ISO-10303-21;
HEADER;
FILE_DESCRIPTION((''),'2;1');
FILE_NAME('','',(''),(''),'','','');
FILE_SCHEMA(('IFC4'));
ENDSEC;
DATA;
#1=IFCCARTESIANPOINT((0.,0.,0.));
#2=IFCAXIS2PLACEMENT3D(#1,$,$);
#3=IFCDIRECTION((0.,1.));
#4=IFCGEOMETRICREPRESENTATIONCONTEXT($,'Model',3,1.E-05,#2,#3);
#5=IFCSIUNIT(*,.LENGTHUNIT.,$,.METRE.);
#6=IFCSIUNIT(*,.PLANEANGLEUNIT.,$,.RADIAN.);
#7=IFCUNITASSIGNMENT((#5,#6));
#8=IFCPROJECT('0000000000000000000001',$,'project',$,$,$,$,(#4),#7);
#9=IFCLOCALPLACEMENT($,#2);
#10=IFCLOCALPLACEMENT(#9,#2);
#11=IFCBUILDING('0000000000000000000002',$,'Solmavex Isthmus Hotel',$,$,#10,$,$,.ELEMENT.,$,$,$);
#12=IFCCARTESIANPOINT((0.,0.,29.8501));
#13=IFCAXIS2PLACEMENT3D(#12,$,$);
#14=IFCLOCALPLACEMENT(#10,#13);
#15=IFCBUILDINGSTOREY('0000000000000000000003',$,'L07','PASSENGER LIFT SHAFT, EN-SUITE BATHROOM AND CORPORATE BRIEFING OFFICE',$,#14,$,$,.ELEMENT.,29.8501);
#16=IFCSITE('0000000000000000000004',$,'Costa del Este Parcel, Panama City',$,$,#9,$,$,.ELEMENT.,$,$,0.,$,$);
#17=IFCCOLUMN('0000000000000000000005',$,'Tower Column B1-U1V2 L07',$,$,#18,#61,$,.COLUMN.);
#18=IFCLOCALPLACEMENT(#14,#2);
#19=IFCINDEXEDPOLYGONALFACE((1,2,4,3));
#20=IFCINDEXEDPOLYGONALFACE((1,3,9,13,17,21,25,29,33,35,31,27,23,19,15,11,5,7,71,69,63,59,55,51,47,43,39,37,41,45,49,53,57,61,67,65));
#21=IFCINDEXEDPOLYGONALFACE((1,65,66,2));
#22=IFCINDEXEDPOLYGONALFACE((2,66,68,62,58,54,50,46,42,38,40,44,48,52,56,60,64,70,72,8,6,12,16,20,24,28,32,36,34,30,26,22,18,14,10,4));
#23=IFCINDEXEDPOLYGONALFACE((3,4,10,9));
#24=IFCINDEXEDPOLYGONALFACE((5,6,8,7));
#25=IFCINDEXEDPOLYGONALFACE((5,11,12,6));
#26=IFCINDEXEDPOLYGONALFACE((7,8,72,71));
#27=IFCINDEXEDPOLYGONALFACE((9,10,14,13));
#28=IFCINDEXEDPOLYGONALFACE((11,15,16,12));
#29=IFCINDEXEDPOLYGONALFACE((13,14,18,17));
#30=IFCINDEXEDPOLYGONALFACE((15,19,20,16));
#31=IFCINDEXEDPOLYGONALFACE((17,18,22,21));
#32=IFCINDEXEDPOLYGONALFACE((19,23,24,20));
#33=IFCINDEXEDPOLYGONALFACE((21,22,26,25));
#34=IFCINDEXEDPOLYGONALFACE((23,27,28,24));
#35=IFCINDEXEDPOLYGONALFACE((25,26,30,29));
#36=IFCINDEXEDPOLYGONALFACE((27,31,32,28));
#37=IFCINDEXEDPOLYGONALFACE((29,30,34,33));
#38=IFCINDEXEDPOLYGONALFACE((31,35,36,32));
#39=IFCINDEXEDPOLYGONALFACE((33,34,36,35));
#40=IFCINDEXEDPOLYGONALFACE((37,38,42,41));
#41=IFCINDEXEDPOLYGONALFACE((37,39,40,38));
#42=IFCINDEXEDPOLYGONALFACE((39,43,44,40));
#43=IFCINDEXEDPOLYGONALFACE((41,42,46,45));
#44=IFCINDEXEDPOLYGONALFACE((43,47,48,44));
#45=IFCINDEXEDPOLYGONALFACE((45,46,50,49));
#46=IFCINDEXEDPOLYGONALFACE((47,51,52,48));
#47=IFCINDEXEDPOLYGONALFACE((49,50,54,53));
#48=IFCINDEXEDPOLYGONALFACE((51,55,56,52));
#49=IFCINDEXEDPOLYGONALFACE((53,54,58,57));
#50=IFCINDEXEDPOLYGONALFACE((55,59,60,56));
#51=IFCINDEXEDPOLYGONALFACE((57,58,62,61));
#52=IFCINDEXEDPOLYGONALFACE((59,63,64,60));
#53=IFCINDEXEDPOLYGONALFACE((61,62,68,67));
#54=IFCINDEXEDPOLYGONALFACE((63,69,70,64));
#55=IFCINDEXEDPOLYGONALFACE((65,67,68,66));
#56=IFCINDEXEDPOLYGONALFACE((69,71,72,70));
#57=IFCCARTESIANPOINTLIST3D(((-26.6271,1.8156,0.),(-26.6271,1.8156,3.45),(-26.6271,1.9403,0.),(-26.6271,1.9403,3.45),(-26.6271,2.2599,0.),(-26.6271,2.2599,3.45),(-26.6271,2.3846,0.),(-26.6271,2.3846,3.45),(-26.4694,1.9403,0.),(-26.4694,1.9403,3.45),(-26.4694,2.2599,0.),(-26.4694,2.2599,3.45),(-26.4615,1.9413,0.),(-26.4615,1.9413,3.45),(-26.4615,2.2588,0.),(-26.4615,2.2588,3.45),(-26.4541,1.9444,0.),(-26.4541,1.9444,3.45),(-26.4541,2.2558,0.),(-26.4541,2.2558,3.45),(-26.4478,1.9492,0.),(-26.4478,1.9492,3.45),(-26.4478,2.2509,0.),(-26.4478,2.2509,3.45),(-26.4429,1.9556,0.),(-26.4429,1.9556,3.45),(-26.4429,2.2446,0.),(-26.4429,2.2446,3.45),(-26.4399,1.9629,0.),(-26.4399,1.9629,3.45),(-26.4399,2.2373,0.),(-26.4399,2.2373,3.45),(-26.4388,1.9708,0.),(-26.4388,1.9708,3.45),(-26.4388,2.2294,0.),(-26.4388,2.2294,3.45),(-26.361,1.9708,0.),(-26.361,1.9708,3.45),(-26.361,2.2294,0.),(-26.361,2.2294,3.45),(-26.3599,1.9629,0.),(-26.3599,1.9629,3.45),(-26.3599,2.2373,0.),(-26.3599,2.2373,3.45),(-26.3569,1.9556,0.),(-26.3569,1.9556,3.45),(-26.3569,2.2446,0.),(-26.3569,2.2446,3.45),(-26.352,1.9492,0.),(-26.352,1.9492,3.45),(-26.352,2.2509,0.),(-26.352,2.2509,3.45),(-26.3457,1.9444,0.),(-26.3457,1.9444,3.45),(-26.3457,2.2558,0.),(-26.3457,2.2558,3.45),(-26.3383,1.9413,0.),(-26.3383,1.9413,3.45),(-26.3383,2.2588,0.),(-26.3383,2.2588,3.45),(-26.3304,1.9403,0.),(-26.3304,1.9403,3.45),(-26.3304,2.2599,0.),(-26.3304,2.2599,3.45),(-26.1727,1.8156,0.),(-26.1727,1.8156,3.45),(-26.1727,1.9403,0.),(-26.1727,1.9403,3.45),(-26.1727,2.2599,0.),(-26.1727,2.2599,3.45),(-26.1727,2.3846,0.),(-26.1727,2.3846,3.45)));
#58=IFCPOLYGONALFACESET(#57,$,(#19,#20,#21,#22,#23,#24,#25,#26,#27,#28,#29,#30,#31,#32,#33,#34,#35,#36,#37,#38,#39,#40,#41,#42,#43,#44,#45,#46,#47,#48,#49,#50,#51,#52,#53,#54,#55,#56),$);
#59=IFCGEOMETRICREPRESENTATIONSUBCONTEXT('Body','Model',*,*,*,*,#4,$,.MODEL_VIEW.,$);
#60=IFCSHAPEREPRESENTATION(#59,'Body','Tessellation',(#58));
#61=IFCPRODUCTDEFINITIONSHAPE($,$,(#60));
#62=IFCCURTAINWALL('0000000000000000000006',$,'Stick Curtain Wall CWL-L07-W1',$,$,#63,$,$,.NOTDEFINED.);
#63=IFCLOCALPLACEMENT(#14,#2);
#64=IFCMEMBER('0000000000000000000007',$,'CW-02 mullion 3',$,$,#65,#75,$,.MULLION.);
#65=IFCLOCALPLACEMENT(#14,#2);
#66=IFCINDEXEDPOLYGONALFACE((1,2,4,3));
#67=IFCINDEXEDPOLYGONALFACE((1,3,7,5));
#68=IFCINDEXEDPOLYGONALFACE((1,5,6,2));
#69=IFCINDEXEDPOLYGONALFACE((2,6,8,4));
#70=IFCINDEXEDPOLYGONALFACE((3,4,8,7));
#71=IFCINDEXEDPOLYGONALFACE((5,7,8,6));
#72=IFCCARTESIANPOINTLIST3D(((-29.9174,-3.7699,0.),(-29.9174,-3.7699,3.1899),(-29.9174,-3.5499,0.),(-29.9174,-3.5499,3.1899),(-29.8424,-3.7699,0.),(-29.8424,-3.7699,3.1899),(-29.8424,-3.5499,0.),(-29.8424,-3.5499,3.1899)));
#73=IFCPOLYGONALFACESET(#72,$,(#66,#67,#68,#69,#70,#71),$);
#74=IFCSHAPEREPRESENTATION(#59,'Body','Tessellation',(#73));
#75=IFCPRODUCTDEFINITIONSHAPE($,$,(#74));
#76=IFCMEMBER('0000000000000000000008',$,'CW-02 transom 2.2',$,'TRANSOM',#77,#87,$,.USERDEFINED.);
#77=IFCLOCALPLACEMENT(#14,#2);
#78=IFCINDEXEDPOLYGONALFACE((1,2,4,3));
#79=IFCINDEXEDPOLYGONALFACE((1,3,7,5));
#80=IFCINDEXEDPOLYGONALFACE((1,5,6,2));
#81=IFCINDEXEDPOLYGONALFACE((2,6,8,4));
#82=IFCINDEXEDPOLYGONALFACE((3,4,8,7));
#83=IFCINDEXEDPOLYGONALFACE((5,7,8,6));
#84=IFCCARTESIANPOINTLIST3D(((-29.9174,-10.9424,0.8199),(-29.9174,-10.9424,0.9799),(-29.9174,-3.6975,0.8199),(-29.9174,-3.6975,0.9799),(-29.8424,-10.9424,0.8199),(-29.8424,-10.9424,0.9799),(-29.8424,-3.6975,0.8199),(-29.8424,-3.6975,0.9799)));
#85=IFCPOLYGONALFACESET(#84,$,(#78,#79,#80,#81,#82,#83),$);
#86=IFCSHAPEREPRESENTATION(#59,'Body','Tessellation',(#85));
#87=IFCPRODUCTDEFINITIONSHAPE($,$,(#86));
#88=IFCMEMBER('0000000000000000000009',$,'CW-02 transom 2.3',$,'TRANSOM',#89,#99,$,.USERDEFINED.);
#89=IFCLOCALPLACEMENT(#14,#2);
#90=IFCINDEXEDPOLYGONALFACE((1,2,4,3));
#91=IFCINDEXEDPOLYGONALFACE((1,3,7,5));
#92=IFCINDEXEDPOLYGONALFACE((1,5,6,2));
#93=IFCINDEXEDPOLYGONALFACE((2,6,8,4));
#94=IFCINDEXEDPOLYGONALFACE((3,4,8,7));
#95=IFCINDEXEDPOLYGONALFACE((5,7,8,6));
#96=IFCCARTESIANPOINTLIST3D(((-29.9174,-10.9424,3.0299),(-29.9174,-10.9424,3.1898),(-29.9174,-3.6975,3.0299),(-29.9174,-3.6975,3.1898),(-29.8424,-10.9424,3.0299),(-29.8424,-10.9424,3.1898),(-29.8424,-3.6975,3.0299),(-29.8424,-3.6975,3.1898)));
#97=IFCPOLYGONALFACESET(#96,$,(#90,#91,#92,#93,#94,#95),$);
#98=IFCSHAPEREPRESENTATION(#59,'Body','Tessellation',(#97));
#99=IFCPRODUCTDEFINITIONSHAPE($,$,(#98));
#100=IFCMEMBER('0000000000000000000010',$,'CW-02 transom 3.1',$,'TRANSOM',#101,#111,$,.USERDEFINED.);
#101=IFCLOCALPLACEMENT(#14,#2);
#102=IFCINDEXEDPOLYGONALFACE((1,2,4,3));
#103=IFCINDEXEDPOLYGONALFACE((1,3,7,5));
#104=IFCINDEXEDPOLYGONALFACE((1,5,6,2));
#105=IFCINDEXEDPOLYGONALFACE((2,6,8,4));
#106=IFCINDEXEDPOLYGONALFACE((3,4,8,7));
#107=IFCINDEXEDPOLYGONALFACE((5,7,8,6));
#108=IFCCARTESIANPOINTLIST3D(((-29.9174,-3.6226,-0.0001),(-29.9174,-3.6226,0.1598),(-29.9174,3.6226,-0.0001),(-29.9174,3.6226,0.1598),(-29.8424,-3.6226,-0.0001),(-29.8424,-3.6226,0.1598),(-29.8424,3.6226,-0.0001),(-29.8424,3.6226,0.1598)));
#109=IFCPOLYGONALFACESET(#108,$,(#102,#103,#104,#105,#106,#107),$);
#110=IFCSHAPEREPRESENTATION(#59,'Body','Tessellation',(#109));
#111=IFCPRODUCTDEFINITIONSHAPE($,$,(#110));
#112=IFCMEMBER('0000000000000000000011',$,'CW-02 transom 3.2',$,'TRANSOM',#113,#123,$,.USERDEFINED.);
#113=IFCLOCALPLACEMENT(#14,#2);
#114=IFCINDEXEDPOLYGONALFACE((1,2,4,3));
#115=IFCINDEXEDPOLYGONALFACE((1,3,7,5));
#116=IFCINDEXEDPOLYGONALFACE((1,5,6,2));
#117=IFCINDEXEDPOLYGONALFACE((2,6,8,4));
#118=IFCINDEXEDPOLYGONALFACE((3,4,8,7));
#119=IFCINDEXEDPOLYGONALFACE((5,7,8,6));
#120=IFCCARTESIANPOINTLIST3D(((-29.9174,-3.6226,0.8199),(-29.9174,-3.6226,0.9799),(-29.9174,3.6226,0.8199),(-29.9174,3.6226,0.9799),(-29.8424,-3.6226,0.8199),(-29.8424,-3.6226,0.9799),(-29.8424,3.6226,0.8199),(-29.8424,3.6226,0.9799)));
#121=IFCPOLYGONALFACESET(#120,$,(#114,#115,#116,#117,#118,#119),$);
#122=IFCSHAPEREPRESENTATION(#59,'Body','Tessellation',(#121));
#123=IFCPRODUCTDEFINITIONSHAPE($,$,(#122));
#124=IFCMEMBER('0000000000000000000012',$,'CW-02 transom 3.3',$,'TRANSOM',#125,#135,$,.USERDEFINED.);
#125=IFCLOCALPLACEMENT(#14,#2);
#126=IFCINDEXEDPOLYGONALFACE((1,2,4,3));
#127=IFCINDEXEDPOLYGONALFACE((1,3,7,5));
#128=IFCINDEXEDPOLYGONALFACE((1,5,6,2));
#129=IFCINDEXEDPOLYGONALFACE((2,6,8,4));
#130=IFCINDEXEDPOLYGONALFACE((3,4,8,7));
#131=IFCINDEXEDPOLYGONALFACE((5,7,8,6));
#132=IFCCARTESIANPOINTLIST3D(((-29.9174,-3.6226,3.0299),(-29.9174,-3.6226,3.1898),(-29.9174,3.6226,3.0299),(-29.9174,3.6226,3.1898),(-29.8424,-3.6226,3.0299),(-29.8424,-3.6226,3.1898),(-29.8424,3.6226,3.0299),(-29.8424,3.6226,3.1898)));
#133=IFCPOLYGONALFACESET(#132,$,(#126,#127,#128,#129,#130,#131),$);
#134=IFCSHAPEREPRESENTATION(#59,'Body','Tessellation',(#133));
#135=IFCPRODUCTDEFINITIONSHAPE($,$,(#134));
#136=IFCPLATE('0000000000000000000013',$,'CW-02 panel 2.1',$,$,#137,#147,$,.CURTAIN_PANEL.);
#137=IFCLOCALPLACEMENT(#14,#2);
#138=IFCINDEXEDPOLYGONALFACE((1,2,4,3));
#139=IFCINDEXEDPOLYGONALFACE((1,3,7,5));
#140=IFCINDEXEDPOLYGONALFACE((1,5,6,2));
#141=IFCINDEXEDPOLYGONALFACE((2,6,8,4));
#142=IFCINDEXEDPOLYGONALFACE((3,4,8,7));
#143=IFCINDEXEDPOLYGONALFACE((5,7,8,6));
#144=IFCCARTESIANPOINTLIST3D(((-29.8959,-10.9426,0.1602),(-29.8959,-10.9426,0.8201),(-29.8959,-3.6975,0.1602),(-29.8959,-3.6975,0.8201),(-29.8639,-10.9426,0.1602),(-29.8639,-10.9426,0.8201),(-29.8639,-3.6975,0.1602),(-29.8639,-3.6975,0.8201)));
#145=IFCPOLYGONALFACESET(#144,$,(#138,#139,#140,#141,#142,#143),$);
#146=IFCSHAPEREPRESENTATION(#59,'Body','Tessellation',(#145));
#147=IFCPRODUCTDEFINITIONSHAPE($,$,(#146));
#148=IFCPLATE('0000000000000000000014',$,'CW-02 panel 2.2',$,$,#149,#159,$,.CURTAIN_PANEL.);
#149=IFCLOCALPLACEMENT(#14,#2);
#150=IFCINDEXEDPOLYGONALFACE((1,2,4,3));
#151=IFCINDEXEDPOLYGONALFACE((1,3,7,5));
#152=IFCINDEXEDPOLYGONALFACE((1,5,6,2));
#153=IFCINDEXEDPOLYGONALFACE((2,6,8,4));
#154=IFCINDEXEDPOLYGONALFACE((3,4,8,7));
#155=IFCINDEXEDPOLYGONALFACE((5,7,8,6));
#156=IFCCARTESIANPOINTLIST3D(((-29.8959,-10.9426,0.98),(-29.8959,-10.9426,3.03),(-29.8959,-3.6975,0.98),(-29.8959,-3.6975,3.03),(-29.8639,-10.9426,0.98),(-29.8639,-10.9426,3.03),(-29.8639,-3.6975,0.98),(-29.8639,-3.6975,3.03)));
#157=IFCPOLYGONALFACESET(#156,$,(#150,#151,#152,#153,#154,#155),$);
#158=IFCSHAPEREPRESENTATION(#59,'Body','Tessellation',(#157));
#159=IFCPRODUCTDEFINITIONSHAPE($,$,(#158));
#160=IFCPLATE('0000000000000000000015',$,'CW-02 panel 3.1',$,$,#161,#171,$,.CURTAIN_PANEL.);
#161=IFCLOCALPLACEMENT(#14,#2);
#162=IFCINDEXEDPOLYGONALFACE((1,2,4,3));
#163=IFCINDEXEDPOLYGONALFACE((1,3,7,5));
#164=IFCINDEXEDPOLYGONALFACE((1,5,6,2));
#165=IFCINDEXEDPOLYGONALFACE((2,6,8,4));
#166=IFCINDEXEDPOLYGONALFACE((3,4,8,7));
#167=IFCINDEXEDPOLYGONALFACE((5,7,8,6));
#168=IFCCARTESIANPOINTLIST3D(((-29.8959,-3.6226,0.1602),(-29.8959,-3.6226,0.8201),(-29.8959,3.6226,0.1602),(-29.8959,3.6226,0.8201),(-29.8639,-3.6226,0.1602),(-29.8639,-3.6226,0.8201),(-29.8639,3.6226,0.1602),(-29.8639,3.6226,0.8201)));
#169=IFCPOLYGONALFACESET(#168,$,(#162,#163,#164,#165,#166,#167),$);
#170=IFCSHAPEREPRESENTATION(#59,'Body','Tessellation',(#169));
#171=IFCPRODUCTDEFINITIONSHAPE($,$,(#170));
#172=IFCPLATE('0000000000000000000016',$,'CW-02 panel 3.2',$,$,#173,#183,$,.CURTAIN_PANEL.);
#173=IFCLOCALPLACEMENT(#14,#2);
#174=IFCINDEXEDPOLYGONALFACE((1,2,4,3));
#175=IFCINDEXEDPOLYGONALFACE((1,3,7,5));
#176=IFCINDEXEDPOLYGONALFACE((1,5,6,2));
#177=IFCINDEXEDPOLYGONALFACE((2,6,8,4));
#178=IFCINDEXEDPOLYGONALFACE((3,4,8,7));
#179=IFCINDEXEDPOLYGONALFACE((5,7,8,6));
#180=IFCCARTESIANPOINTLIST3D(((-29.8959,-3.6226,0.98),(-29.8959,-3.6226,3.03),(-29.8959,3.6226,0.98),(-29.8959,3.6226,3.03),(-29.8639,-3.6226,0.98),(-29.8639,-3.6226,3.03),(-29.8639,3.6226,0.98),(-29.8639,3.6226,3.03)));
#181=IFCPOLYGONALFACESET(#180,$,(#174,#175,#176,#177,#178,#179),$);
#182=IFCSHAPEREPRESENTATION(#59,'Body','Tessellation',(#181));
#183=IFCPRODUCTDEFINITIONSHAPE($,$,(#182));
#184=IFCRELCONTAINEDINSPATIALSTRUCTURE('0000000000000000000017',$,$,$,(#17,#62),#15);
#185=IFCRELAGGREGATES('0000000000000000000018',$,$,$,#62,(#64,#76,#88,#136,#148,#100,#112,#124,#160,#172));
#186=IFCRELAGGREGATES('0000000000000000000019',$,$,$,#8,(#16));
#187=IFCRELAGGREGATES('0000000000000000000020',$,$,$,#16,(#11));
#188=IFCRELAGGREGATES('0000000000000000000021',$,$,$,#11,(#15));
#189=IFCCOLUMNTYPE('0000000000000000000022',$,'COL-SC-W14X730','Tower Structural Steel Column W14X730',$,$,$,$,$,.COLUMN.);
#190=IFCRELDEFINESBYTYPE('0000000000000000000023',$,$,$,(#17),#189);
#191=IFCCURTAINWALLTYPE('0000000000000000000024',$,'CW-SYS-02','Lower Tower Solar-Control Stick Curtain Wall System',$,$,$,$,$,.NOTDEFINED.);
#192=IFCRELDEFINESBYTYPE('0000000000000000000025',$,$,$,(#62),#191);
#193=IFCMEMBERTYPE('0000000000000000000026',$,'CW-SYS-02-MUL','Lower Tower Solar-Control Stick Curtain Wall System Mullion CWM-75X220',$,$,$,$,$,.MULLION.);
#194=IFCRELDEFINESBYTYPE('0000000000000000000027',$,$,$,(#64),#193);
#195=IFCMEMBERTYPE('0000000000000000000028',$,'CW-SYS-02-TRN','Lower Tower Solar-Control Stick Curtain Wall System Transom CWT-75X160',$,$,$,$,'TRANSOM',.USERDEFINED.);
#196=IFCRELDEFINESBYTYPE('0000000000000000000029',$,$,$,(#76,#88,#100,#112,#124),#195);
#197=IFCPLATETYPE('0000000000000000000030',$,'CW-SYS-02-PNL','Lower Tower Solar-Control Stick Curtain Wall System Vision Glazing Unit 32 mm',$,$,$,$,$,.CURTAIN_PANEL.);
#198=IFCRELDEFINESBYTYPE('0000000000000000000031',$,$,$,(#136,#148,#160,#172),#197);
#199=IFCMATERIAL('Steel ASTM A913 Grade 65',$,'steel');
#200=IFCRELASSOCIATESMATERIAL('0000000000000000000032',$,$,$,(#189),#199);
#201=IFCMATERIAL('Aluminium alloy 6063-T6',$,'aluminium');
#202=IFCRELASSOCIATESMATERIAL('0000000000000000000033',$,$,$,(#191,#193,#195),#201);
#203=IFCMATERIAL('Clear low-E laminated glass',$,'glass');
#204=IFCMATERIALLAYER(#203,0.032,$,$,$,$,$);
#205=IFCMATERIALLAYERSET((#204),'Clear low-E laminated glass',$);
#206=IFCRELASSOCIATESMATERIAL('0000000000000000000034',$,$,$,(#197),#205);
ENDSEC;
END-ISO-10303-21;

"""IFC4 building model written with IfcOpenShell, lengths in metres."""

from ifc_helpers import new_model, si_unit, direction, frame, origin, origin_2d, place, context, subcontext, project, spatial, rectangle, i_section, extrude, material, layer, layer_set, material_profile, profile_set, type_object, element, aggregate, save


model = new_model("IFC4")

# Units and contexts
model_context = context("Model", 3, precision=1e-05, world=origin(), true_north=direction((0.0, 1.0)))
body_context = subcontext(model_context, "Body", "Model", "MODEL_VIEW")
ifc_project = project(units=[si_unit("LENGTHUNIT", "METRE"), si_unit("PLANEANGLEUNIT", "RADIAN")], contexts=[model_context])

# Site, building, storey
site_placement = place(None, origin())
site = spatial("IfcSite", under=ifc_project, at=site_placement, Name="Costa del Este Parcel, Panama City", CompositionType="ELEMENT", RefElevation=0.0)
building_placement = place(site_placement, origin())
building = spatial("IfcBuilding", under=site, at=building_placement, Name="Solmavex Isthmus Hotel", CompositionType="ELEMENT")
storey_placement = place(building_placement, frame((0.0, 0.0, 29.8501)))
storey = spatial("IfcBuildingStorey", under=building, at=storey_placement, Name="L07", Description="PASSENGER LIFT SHAFT, EN-SUITE BATHROOM AND CORPORATE BRIEFING OFFICE", CompositionType="ELEMENT", Elevation=29.8501)

# Column
ifc_material_1 = material(Name="Steel ASTM A913 Grade 65", Category="steel")
ifc_material_profile_1 = material_profile(ifc_material_1, i_section(OverallWidth=0.4543, OverallDepth=0.5691, WebThickness=0.0779, FlangeThickness=0.1248, FilletRadius=0.0305, at=origin_2d()), Name="W14X730")
ifc_profile_set_1 = profile_set([ifc_material_profile_1], Name="Steel ASTM A913 Grade 65")
column_type = type_object("IfcColumnType", Name="COL-SC-W14X730", Description="Tower Structural Steel Column W14X730", PredefinedType="COLUMN", material=ifc_profile_set_1)
column_placement = place(storey_placement, frame((-26.3999, 2.1001, 0.0), z_axis=(0.0, 0.0, 1.0), x_axis=(1.0, 0.0, 0.0)))
element("IfcColumn", 1, at=column_placement, inside=storey, type_object=column_type, Name="Tower Column B1-U1V2 L07", PredefinedType="COLUMN", context=body_context, shape_type="SweptSolid", body=[
    extrude(i_section(OverallWidth=0.4543, OverallDepth=0.5691, WebThickness=0.0779, FlangeThickness=0.1248, FilletRadius=0.0305, at=origin_2d()), origin(), (0.0, 0.0, 1.0), 3.45),
])

# Curtain wall, members, plates
ifc_material_2 = material(Name="Aluminium alloy 6063-T6", Category="aluminium")
curtain_wall_type = type_object("IfcCurtainWallType", Name="CW-SYS-02", Description="Lower Tower Solar-Control Stick Curtain Wall System", PredefinedType="NOTDEFINED", material=ifc_material_2)
curtain_wall_placement = place(storey_placement, origin())
curtain_wall = element("IfcCurtainWall", 2, at=curtain_wall_placement, inside=storey, type_object=curtain_wall_type, Name="Stick Curtain Wall CWL-L07-W1", PredefinedType="NOTDEFINED")
ifc_material_profile_2 = material_profile(ifc_material_2, rectangle(XDim=0.075, YDim=0.22, at=origin_2d()), Name="CWM-75X220")
ifc_profile_set_2 = profile_set([ifc_material_profile_2], Name="Aluminium alloy 6063-T6")
member_type_1 = type_object("IfcMemberType", Name="CW-SYS-02-MUL", Description="Lower Tower Solar-Control Stick Curtain Wall System Mullion CWM-75X220", PredefinedType="MULLION", material=ifc_profile_set_2)
member_1_placement = place(storey_placement, frame((-29.8799, -3.6599, 0.0), z_axis=(0.0, 0.0, 1.0), x_axis=(-1.0, 0.0, 0.0)))
member_1 = element("IfcMember", 3, at=member_1_placement, type_object=member_type_1, Name="CW-02 mullion 3", PredefinedType="MULLION", context=body_context, shape_type="SweptSolid", body=[
    extrude(rectangle(XDim=0.075, YDim=0.22, at=origin_2d()), origin(), (0.0, 0.0, 1.0), 3.1899),
])
ifc_material_profile_3 = material_profile(ifc_material_2, rectangle(XDim=0.075, YDim=0.1599, at=origin_2d()), Name="CWT-75X160")
ifc_profile_set_3 = profile_set([ifc_material_profile_3], Name="Aluminium alloy 6063-T6")
member_type_2 = type_object("IfcMemberType", Name="CW-SYS-02-TRN", Description="Lower Tower Solar-Control Stick Curtain Wall System Transom CWT-75X160", ElementType="TRANSOM", PredefinedType="USERDEFINED", material=ifc_profile_set_3)
member_2_placement = place(storey_placement, frame((-29.8799, -10.9424, 0.8999), z_axis=(0.0, 1.0, 0.0), x_axis=(-1.0, 0.0, 0.0)))
member_2 = element("IfcMember", 4, at=member_2_placement, type_object=member_type_2, Name="CW-02 transom 2.2", ObjectType="TRANSOM", PredefinedType="USERDEFINED", context=body_context, shape_type="SweptSolid", body=[
    extrude(rectangle(XDim=0.075, YDim=0.1599, at=origin_2d()), origin(), (0.0, 0.0, 1.0), 7.2449),
])
member_3_placement = place(storey_placement, frame((-29.8799, -10.9424, 3.1099), z_axis=(0.0, 1.0, 0.0), x_axis=(-1.0, 0.0, 0.0)))
member_3 = element("IfcMember", 5, at=member_3_placement, type_object=member_type_2, Name="CW-02 transom 2.3", ObjectType="TRANSOM", PredefinedType="USERDEFINED", context=body_context, shape_type="SweptSolid", body=[
    extrude(rectangle(XDim=0.075, YDim=0.1599, at=origin_2d()), origin(), (0.0, 0.0, 1.0), 7.2449),
])
member_4_placement = place(storey_placement, frame((-29.8799, -3.6226, 0.0798), z_axis=(0.0, 1.0, 0.0), x_axis=(-1.0, 0.0, 0.0)))
member_4 = element("IfcMember", 6, at=member_4_placement, type_object=member_type_2, Name="CW-02 transom 3.1", ObjectType="TRANSOM", PredefinedType="USERDEFINED", context=body_context, shape_type="SweptSolid", body=[
    extrude(rectangle(XDim=0.075, YDim=0.1599, at=origin_2d()), origin(), (0.0, 0.0, 1.0), 7.2451),
])
member_5_placement = place(storey_placement, frame((-29.8799, -3.6226, 0.8999), z_axis=(0.0, 1.0, 0.0), x_axis=(-1.0, 0.0, 0.0)))
member_5 = element("IfcMember", 7, at=member_5_placement, type_object=member_type_2, Name="CW-02 transom 3.2", ObjectType="TRANSOM", PredefinedType="USERDEFINED", context=body_context, shape_type="SweptSolid", body=[
    extrude(rectangle(XDim=0.075, YDim=0.1599, at=origin_2d()), origin(), (0.0, 0.0, 1.0), 7.2451),
])
member_6_placement = place(storey_placement, frame((-29.8799, -3.6226, 3.1099), z_axis=(0.0, 1.0, 0.0), x_axis=(-1.0, 0.0, 0.0)))
member_6 = element("IfcMember", 8, at=member_6_placement, type_object=member_type_2, Name="CW-02 transom 3.3", ObjectType="TRANSOM", PredefinedType="USERDEFINED", context=body_context, shape_type="SweptSolid", body=[
    extrude(rectangle(XDim=0.075, YDim=0.1599, at=origin_2d()), origin(), (0.0, 0.0, 1.0), 7.2451),
])
ifc_material_3 = material(Name="Clear low-E laminated glass", Category="glass")
ifc_layer_1 = layer(ifc_material_3, 0.032)
ifc_layer_set_1 = layer_set([ifc_layer_1], Name="Clear low-E laminated glass")
plate_type = type_object("IfcPlateType", Name="CW-SYS-02-PNL", Description="Lower Tower Solar-Control Stick Curtain Wall System Vision Glazing Unit 32 mm", PredefinedType="CURTAIN_PANEL", material=ifc_layer_set_1)
plate_1_placement = place(storey_placement, frame((-29.8799, -7.3201, 0.1602), z_axis=(0.0, 0.0, 1.0), x_axis=(0.0, 1.0, 0.0)))
plate_1 = element("IfcPlate", 9, at=plate_1_placement, type_object=plate_type, Name="CW-02 panel 2.1", PredefinedType="CURTAIN_PANEL", context=body_context, shape_type="SweptSolid", body=[
    extrude(rectangle(XDim=7.2451, YDim=0.032, at=origin_2d()), origin(), (0.0, 0.0, 1.0), 0.6599),
])
plate_2_placement = place(storey_placement, frame((-29.8799, -7.3201, 0.98), z_axis=(0.0, 0.0, 1.0), x_axis=(0.0, 1.0, 0.0)))
plate_2 = element("IfcPlate", 10, at=plate_2_placement, type_object=plate_type, Name="CW-02 panel 2.2", PredefinedType="CURTAIN_PANEL", context=body_context, shape_type="SweptSolid", body=[
    extrude(rectangle(XDim=7.2451, YDim=0.032, at=origin_2d()), origin(), (0.0, 0.0, 1.0), 2.05),
])
plate_3_placement = place(storey_placement, frame((-29.8799, 0.0, 0.1602), z_axis=(0.0, 0.0, 1.0), x_axis=(0.0, 1.0, 0.0)))
plate_3 = element("IfcPlate", 11, at=plate_3_placement, type_object=plate_type, Name="CW-02 panel 3.1", PredefinedType="CURTAIN_PANEL", context=body_context, shape_type="SweptSolid", body=[
    extrude(rectangle(XDim=7.2451, YDim=0.032, at=origin_2d()), origin(), (0.0, 0.0, 1.0), 0.6599),
])
plate_4_placement = place(storey_placement, frame((-29.8799, 0.0, 0.98), z_axis=(0.0, 0.0, 1.0), x_axis=(0.0, 1.0, 0.0)))
plate_4 = element("IfcPlate", 12, at=plate_4_placement, type_object=plate_type, Name="CW-02 panel 3.2", PredefinedType="CURTAIN_PANEL", context=body_context, shape_type="SweptSolid", body=[
    extrude(rectangle(XDim=7.2451, YDim=0.032, at=origin_2d()), origin(), (0.0, 0.0, 1.0), 2.05),
])
aggregate(curtain_wall, [member_1, member_2, member_3, plate_1, plate_2, member_4, member_5, member_6, plate_3, plate_4])

save(model, "model.ifc")
